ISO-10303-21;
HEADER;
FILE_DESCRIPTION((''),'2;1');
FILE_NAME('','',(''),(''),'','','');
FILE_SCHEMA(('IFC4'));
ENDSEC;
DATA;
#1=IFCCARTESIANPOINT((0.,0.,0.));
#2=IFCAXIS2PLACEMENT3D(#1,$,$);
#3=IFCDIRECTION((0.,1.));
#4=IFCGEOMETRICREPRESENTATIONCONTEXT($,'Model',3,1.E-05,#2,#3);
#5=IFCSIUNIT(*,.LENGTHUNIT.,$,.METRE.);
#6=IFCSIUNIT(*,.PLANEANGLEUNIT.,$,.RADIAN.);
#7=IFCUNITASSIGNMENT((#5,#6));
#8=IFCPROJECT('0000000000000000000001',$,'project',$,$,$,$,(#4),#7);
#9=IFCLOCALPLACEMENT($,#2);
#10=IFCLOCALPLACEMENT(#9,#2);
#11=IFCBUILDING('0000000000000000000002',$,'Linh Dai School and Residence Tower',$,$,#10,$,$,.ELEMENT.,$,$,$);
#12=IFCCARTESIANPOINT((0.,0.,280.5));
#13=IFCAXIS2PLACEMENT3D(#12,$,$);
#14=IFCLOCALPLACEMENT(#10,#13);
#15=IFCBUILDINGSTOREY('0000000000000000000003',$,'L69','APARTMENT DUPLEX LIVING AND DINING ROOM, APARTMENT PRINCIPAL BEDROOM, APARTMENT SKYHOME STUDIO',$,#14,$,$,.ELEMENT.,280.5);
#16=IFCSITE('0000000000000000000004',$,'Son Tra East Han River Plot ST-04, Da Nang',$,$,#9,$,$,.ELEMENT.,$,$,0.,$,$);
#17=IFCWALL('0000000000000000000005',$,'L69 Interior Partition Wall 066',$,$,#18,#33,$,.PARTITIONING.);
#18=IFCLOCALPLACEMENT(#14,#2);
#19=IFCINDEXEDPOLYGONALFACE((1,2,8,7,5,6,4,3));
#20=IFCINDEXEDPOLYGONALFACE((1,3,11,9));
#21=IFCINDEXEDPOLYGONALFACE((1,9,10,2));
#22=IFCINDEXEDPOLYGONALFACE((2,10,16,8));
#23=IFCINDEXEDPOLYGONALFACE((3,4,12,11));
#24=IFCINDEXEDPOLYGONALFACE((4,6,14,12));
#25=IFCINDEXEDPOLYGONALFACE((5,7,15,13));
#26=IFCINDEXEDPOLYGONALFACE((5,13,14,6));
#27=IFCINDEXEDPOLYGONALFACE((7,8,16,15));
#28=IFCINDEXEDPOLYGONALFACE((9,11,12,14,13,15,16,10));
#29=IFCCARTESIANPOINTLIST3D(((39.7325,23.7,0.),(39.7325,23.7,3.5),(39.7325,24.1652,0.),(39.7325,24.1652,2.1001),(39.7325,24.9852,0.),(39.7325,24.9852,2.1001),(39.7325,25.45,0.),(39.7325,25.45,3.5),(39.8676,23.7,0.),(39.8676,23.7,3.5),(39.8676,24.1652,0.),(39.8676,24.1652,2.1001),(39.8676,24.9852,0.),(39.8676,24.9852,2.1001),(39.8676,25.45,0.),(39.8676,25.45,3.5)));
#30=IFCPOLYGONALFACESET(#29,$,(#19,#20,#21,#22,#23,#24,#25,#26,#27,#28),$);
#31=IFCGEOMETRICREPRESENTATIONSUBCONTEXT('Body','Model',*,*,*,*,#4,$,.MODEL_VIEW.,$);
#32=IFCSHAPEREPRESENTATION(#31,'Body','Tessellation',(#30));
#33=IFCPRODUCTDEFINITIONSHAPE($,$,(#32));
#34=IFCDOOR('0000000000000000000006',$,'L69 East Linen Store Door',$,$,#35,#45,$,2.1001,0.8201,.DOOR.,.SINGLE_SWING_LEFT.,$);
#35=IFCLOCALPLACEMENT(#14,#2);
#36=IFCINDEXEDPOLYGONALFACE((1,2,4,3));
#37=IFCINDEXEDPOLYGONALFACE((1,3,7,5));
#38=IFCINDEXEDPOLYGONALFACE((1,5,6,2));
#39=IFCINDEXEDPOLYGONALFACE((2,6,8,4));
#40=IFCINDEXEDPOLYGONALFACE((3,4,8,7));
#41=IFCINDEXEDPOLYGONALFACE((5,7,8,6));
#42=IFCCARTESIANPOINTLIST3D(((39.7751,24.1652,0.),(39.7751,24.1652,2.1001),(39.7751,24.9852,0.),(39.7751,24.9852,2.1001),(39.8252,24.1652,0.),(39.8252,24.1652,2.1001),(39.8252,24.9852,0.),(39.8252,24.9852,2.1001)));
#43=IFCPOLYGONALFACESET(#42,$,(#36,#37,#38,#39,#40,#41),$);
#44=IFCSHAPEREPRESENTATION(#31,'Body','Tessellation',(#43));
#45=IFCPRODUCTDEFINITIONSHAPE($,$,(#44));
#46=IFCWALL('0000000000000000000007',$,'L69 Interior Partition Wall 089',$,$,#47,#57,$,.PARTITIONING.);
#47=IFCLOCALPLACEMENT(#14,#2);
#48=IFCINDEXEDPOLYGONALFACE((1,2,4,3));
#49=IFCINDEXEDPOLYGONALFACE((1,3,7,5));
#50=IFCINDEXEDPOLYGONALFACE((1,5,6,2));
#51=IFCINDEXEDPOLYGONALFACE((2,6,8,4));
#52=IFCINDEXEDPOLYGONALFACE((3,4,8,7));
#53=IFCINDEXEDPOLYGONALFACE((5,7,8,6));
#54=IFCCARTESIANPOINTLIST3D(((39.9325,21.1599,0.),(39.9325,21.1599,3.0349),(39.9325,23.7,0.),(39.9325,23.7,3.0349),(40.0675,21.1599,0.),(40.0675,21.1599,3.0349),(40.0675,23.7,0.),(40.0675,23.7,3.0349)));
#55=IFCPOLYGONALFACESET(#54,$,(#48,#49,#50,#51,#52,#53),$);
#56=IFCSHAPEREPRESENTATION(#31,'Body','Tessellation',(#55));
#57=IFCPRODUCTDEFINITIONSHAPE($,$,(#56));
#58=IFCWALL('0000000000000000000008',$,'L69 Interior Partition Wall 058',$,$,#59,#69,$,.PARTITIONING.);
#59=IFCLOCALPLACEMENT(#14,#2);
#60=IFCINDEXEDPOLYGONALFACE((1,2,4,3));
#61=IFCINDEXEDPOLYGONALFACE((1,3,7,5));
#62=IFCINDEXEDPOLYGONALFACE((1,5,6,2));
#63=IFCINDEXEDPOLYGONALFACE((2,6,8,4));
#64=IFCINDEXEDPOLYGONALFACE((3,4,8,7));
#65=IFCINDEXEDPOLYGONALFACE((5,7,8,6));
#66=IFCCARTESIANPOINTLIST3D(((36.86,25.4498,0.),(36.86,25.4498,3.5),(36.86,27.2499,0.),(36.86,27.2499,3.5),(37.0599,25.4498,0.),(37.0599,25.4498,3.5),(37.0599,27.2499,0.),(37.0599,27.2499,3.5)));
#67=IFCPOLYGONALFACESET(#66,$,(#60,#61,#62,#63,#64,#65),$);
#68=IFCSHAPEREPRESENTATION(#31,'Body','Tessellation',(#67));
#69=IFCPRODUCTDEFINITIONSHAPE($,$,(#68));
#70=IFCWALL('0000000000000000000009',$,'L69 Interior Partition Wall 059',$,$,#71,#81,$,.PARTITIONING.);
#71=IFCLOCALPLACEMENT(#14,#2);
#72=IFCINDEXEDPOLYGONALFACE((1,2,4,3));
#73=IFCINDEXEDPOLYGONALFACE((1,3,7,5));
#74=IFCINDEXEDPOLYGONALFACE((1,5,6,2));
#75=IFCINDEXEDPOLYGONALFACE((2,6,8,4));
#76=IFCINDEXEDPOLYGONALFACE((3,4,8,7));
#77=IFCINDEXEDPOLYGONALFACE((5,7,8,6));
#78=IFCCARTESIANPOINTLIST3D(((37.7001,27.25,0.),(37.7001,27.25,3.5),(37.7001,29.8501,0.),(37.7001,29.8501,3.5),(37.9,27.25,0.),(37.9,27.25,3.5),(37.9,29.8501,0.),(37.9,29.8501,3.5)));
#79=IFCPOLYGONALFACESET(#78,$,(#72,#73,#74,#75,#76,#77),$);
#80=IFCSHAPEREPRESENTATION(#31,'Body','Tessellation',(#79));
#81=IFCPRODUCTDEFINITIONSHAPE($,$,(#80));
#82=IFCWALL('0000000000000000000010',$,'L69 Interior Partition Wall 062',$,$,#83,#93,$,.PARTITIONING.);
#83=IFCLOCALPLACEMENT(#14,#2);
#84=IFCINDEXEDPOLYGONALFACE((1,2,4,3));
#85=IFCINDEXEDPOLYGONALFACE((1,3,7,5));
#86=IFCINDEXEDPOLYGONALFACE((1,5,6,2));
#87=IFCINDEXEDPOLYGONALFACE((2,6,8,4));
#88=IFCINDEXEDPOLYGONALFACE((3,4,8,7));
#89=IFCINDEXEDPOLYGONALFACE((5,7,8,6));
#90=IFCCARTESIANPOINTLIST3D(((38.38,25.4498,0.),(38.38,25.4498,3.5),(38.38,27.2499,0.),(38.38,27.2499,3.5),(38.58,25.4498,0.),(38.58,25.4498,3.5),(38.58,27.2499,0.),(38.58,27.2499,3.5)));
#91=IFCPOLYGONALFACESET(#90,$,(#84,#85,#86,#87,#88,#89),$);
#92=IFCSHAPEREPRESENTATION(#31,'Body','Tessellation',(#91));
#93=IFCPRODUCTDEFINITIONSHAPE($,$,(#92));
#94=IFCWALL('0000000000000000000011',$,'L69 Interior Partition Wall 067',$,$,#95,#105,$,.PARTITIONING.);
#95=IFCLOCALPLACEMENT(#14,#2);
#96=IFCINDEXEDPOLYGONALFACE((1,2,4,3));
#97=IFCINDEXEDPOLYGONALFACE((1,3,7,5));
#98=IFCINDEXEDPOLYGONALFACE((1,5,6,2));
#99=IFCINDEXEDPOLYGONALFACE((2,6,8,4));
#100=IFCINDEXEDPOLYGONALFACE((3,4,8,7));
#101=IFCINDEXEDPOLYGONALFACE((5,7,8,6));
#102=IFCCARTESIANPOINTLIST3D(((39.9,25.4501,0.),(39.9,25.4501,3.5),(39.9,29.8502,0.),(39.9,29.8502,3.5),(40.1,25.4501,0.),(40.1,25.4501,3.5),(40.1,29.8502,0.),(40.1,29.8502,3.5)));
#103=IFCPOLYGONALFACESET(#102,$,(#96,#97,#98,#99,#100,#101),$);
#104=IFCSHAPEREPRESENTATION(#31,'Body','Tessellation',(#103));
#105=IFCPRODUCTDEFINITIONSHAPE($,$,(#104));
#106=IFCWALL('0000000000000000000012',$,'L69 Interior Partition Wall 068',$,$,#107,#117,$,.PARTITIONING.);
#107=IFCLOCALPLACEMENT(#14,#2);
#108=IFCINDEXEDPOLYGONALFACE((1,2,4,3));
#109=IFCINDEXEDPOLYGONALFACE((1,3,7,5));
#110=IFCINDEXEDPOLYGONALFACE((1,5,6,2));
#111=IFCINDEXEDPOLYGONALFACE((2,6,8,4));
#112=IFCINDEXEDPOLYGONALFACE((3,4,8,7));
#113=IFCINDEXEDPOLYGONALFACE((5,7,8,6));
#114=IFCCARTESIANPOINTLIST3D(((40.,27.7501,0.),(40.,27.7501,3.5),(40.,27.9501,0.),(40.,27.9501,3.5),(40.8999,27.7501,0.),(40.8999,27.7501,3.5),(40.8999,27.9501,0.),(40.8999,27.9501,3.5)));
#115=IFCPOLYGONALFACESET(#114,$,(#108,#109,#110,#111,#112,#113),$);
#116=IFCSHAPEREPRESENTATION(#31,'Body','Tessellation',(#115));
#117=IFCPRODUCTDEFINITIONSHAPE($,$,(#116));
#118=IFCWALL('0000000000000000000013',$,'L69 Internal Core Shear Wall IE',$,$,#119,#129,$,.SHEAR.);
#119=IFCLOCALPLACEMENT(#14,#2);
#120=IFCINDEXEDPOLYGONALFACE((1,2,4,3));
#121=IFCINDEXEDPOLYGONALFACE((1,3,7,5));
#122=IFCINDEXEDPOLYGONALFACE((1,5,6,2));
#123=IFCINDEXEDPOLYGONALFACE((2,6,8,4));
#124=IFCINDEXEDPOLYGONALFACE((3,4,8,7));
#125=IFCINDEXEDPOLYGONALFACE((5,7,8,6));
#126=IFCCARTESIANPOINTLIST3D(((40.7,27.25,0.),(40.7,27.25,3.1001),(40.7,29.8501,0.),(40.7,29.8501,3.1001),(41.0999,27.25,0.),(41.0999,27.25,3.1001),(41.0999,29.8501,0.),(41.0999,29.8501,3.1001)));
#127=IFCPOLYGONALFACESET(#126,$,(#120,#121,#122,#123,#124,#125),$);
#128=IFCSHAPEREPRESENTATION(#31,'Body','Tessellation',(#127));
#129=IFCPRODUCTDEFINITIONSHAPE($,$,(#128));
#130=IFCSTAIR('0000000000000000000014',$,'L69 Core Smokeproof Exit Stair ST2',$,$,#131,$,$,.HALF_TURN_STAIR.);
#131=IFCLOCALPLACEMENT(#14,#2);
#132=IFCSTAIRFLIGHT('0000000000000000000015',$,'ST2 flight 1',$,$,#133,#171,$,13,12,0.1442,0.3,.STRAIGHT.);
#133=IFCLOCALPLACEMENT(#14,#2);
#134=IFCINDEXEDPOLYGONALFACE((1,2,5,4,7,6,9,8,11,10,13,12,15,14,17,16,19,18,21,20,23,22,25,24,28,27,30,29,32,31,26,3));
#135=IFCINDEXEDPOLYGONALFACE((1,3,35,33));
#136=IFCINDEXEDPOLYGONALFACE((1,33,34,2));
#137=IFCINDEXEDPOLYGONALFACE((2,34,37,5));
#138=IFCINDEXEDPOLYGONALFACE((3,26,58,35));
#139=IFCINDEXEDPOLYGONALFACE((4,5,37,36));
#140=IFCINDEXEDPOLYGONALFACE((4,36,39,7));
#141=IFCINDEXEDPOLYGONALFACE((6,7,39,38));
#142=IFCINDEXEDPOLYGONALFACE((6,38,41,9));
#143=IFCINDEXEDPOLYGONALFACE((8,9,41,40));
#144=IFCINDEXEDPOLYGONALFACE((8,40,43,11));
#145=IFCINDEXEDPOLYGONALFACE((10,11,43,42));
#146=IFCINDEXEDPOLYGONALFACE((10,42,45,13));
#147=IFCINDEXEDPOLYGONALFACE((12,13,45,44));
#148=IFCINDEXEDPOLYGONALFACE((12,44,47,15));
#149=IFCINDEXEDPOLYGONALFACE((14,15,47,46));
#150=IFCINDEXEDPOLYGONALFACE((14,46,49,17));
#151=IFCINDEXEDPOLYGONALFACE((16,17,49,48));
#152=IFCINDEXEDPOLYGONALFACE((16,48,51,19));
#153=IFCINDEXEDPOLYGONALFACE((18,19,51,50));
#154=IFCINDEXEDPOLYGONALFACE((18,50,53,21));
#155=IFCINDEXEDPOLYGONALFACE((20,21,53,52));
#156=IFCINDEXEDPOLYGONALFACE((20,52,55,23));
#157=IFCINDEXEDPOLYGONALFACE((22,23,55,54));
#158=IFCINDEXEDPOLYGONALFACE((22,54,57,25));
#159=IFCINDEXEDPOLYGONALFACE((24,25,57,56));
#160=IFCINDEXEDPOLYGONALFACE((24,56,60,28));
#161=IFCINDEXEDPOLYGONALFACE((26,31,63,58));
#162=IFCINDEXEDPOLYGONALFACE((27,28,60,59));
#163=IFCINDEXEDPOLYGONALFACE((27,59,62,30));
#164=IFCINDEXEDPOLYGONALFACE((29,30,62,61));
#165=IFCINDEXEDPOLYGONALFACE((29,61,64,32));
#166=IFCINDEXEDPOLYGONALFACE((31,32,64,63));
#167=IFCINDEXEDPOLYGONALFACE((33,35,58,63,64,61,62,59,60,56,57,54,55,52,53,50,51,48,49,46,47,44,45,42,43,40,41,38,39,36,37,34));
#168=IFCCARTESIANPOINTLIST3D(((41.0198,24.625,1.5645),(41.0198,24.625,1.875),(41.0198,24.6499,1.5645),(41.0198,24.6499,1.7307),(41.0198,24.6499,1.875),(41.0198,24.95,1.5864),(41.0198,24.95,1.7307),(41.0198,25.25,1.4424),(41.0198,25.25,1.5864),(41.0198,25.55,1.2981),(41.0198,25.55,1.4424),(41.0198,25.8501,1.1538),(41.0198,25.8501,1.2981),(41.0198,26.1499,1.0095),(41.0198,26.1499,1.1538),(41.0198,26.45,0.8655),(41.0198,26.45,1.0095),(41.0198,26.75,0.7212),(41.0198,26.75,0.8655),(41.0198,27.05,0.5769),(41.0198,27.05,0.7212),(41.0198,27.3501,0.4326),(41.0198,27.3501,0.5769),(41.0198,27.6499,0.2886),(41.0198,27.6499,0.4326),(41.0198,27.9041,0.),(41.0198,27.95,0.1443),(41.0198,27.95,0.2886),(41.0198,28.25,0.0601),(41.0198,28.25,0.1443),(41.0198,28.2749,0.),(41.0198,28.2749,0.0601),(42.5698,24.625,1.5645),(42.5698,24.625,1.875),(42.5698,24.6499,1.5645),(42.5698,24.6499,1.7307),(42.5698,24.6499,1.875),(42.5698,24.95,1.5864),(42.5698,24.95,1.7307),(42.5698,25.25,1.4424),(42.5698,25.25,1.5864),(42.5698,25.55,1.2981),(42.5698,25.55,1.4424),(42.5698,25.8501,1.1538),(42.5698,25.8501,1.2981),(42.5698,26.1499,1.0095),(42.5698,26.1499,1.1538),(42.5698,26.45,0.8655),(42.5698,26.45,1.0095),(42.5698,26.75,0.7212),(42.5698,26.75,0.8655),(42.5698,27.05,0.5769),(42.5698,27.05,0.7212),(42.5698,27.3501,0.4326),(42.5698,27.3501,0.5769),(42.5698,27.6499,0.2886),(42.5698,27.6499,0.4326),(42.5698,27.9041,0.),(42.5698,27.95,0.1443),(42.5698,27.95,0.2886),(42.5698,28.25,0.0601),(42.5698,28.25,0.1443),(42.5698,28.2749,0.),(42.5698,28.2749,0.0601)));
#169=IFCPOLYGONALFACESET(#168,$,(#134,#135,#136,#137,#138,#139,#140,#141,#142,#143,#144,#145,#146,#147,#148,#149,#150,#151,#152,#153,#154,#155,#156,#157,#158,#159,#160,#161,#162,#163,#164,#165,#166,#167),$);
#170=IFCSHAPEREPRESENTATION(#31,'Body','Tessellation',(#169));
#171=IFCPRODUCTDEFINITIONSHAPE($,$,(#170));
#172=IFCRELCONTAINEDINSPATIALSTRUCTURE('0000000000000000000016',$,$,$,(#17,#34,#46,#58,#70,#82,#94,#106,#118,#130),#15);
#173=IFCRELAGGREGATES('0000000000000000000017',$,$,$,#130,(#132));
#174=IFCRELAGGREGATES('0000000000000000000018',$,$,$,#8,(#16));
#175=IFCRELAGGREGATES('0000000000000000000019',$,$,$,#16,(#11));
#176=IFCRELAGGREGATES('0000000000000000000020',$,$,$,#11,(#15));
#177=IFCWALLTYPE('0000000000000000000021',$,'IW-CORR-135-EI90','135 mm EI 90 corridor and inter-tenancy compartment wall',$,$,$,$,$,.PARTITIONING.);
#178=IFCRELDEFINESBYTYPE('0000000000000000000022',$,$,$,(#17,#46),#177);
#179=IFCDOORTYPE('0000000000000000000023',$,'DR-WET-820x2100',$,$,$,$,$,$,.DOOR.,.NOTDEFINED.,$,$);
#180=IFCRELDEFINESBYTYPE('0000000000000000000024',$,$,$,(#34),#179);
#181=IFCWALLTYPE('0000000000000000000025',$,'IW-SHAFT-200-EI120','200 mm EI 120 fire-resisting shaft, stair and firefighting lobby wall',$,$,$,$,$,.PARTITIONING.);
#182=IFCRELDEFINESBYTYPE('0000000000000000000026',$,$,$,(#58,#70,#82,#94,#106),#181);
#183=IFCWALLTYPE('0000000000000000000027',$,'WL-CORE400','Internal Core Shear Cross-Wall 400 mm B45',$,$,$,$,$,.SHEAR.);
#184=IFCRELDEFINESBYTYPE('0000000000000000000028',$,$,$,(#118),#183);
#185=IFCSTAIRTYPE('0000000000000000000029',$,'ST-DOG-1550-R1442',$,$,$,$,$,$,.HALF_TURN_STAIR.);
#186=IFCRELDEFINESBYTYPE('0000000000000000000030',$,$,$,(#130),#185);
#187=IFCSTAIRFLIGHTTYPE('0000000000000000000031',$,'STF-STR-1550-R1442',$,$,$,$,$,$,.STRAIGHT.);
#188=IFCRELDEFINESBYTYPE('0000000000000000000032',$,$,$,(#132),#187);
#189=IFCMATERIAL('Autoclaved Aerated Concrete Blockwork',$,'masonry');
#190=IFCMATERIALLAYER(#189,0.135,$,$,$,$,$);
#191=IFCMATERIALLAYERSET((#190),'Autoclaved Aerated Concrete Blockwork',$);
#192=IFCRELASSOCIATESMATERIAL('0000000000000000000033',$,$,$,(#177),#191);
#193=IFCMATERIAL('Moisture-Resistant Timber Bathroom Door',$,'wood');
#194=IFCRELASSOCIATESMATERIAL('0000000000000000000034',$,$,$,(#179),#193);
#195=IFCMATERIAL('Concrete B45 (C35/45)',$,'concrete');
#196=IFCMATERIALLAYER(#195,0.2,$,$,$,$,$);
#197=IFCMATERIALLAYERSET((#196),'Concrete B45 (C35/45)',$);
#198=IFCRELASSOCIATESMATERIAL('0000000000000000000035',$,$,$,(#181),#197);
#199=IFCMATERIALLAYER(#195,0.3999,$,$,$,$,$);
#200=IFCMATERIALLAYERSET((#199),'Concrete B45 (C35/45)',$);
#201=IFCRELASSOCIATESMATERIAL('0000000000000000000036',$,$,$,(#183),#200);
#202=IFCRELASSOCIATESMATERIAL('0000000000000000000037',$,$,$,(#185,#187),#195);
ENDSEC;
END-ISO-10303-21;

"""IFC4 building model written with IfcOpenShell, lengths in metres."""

from ifc_helpers import new_model, si_unit, direction, frame, frame_2d, origin, origin_2d, place, context, subcontext, project, spatial, polyline, rectangle, outline, extrude, source, transform, mapped, material, layer, layer_set, type_object, element, fill, aggregate, save


model = new_model("IFC4")

# Units and contexts
model_context = context("Model", 3, precision=1e-05, world=origin(), true_north=direction((0.0, 1.0)))
body_context = subcontext(model_context, "Body", "Model", "MODEL_VIEW")
ifc_project = project(units=[si_unit("LENGTHUNIT", "METRE"), si_unit("PLANEANGLEUNIT", "RADIAN")], contexts=[model_context])

# Site, building, storey
site_placement = place(None, origin())
site = spatial("IfcSite", under=ifc_project, at=site_placement, Name="Son Tra East Han River Plot ST-04, Da Nang", CompositionType="ELEMENT", RefElevation=0.0)
building_placement = place(site_placement, origin())
building = spatial("IfcBuilding", under=site, at=building_placement, Name="Linh Dai School and Residence Tower", CompositionType="ELEMENT")
storey_placement = place(building_placement, frame((0.0, 0.0, 280.5)))
storey = spatial("IfcBuildingStorey", under=building, at=storey_placement, Name="L69", Description="APARTMENT DUPLEX LIVING AND DINING ROOM, APARTMENT PRINCIPAL BEDROOM, APARTMENT SKYHOME STUDIO", CompositionType="ELEMENT", Elevation=280.5)

# Wall, opening, door
ifc_material_1 = material(Name="Autoclaved Aerated Concrete Blockwork", Category="masonry")
ifc_layer_1 = layer(ifc_material_1, 0.135)
ifc_layer_set_1 = layer_set([ifc_layer_1], Name="Autoclaved Aerated Concrete Blockwork")
wall_type_1 = type_object("IfcWallType", Name="IW-CORR-135-EI90", Description="135 mm EI 90 corridor and inter-tenancy compartment wall", PredefinedType="PARTITIONING", material=ifc_layer_set_1)
wall_1_placement = place(storey_placement, frame((39.8, 23.7, 0.0), z_axis=(0.0, 0.0, 1.0), x_axis=(0.0, 1.0, 0.0)))
wall_1 = element("IfcWall", 1, at=wall_1_placement, inside=storey, type_object=wall_type_1, Name="L69 Interior Partition Wall 066", PredefinedType="PARTITIONING", context=body_context, shape_type="SweptSolid", body=[
    extrude(rectangle(XDim=1.75, YDim=0.135, at=frame_2d((0.875, 0.0))), origin(), (0.0, 0.0, 1.0), 3.5),
])
opening_placement = place(wall_1_placement, frame((0.4651, 0.0, 0.0)))
opening = element("IfcOpeningElement", 2, at=opening_placement, cuts=wall_1, PredefinedType="OPENING", context=body_context, shape_type="SweptSolid", body=[
    extrude(rectangle(XDim=0.8201, YDim=2.1001, at=origin_2d()), frame((0.4102, 0.0776, 1.05), z_axis=(0.0, -1.0, 0.0), x_axis=(1.0, 0.0, 0.0)), (0.0, 0.0, 1.0), 0.155),
])
ifc_material_2 = material(Name="Moisture-Resistant Timber Bathroom Door", Category="wood")
door_type = type_object("IfcDoorType", Name="DR-WET-820x2100", OperationType="NOTDEFINED", PredefinedType="DOOR", material=ifc_material_2)
shared_shape_1 = source(origin(), body_context, "Body", "SweptSolid", [
    extrude(rectangle(XDim=0.8201, YDim=2.1001, at=origin_2d()), frame((0.4102, 0.0249, 1.05), z_axis=(0.0, -1.0, 0.0), x_axis=(1.0, 0.0, 0.0)), (0.0, 0.0, 1.0), 0.05),
])
door_placement = place(opening_placement, origin())
door = element("IfcDoor", 3, at=door_placement, inside=storey, type_object=door_type, Name="L69 East Linen Store Door", OperationType="SINGLE_SWING_LEFT", OverallHeight=2.1001, OverallWidth=0.8201, PredefinedType="DOOR", context=body_context, shape_type="MappedRepresentation", body=[
    mapped(shared_shape_1, transform((0.0, 0.0, 0.0), x_axis=(1.0, 0.0, 0.0), y_axis=(0.0, 1.0, 0.0), z_axis=(0.0, 0.0, 1.0), scale=1.0)),
])
fill(opening, door)

# Walls
wall_2_placement = place(storey_placement, frame((40.0, 23.7, 0.0), z_axis=(0.0, 0.0, 1.0), x_axis=(0.0, -1.0, 0.0)))
element("IfcWall", 4, at=wall_2_placement, inside=storey, type_object=wall_type_1, Name="L69 Interior Partition Wall 089", PredefinedType="PARTITIONING", context=body_context, shape_type="SweptSolid", body=[
    extrude(rectangle(XDim=2.54, YDim=0.135, at=frame_2d((1.27, 0.0))), origin(), (0.0, 0.0, 1.0), 3.0349),
])
ifc_material_3 = material(Name="Concrete B45 (C35/45)", Category="concrete")
ifc_layer_2 = layer(ifc_material_3, 0.2)
ifc_layer_set_2 = layer_set([ifc_layer_2], Name="Concrete B45 (C35/45)")
wall_type_2 = type_object("IfcWallType", Name="IW-SHAFT-200-EI120", Description="200 mm EI 120 fire-resisting shaft, stair and firefighting lobby wall", PredefinedType="PARTITIONING", material=ifc_layer_set_2)
wall_3_placement = place(storey_placement, frame((36.96, 25.45, 0.0), z_axis=(0.0, 0.0, 1.0), x_axis=(0.0, 1.0, 0.0)))
element("IfcWall", 5, at=wall_3_placement, inside=storey, type_object=wall_type_2, Name="L69 Interior Partition Wall 058", PredefinedType="PARTITIONING", context=body_context, shape_type="SweptSolid", body=[
    extrude(rectangle(XDim=1.8, YDim=0.2, at=frame_2d((0.8999, 0.0))), origin(), (0.0, 0.0, 1.0), 3.5),
])
wall_4_placement = place(storey_placement, frame((37.8, 27.25, 0.0), z_axis=(0.0, 0.0, 1.0), x_axis=(0.0, 1.0, 0.0)))
element("IfcWall", 6, at=wall_4_placement, inside=storey, type_object=wall_type_2, Name="L69 Interior Partition Wall 059", PredefinedType="PARTITIONING", context=body_context, shape_type="SweptSolid", body=[
    extrude(rectangle(XDim=2.6001, YDim=0.2, at=frame_2d((1.3, 0.0))), origin(), (0.0, 0.0, 1.0), 3.5),
])
wall_5_placement = place(storey_placement, frame((38.48, 25.45, 0.0), z_axis=(0.0, 0.0, 1.0), x_axis=(0.0, 1.0, 0.0)))
element("IfcWall", 7, at=wall_5_placement, inside=storey, type_object=wall_type_2, Name="L69 Interior Partition Wall 062", PredefinedType="PARTITIONING", context=body_context, shape_type="SweptSolid", body=[
    extrude(rectangle(XDim=1.8, YDim=0.2, at=frame_2d((0.8999, 0.0))), origin(), (0.0, 0.0, 1.0), 3.5),
])
wall_6_placement = place(storey_placement, frame((40.0, 25.45, 0.0), z_axis=(0.0, 0.0, 1.0), x_axis=(0.0, 1.0, 0.0)))
element("IfcWall", 8, at=wall_6_placement, inside=storey, type_object=wall_type_2, Name="L69 Interior Partition Wall 067", PredefinedType="PARTITIONING", context=body_context, shape_type="SweptSolid", body=[
    extrude(rectangle(XDim=4.4001, YDim=0.2, at=frame_2d((2.2002, 0.0))), origin(), (0.0, 0.0, 1.0), 3.5),
])
wall_7_placement = place(storey_placement, frame((40.0, 27.8501, 0.0), z_axis=(0.0, 0.0, 1.0), x_axis=(1.0, 0.0, 0.0)))
element("IfcWall", 9, at=wall_7_placement, inside=storey, type_object=wall_type_2, Name="L69 Interior Partition Wall 068", PredefinedType="PARTITIONING", context=body_context, shape_type="SweptSolid", body=[
    extrude(rectangle(XDim=0.8999, YDim=0.2, at=frame_2d((0.45, 0.0))), origin(), (0.0, 0.0, 1.0), 3.5),
])
ifc_layer_3 = layer(ifc_material_3, 0.3999)
ifc_layer_set_3 = layer_set([ifc_layer_3], Name="Concrete B45 (C35/45)")
wall_type_3 = type_object("IfcWallType", Name="WL-CORE400", Description="Internal Core Shear Cross-Wall 400 mm B45", PredefinedType="SHEAR", material=ifc_layer_set_3)
wall_8_placement = place(storey_placement, frame((40.8999, 27.25, 0.0), z_axis=(0.0, 0.0, 1.0), x_axis=(0.0, 1.0, 0.0)))
element("IfcWall", 10, at=wall_8_placement, inside=storey, type_object=wall_type_3, Name="L69 Internal Core Shear Wall IE", PredefinedType="SHEAR", context=body_context, shape_type="SweptSolid", body=[
    extrude(rectangle(XDim=2.6001, YDim=0.3999, at=frame_2d((1.3, 0.0))), origin(), (0.0, 0.0, 1.0), 3.1001),
])

# Stair, stair flight
stair_type = type_object("IfcStairType", Name="ST-DOG-1550-R1442", PredefinedType="HALF_TURN_STAIR", material=ifc_material_3)
stair_placement = place(storey_placement, origin())
stair = element("IfcStair", 11, at=stair_placement, inside=storey, type_object=stair_type, Name="L69 Core Smokeproof Exit Stair ST2", PredefinedType="HALF_TURN_STAIR")
stair_flight_type = type_object("IfcStairFlightType", Name="STF-STR-1550-R1442", PredefinedType="STRAIGHT", material=ifc_material_3)
shared_shape_2 = source(origin(), body_context, "Body", "SweptSolid", [
    extrude(outline(polyline([(-0.0249, 0.0), (-0.0249, 0.0601), (0.0, 0.0601), (0.0, 0.1443), (0.3, 0.1443), (0.3, 0.2886), (0.6001, 0.2886), (0.6001, 0.4326), (0.8999, 0.4326), (0.8999, 0.5769), (1.2, 0.5769), (1.2, 0.7212), (1.5, 0.7212), (1.5, 0.8655), (1.8, 0.8655), (1.8, 1.0095), (2.1001, 1.0095), (2.1001, 1.1538), (2.3999, 1.1538), (2.3999, 1.2981), (2.7, 1.2981), (2.7, 1.4424), (3.0, 1.4424), (3.0, 1.5864), (3.3, 1.5864), (3.3, 1.7307), (3.6001, 1.7307), (3.6001, 1.875), (3.625, 1.875), (3.625, 1.5645), (3.6001, 1.5645), (0.3459, 0.0), (-0.0249, 0.0)])), frame((0.0, 0.7749, 0.0), z_axis=(0.0, -1.0, 0.0), x_axis=(1.0, 0.0, 0.0)), (0.0, 0.0, 1.0), 1.55),
])
stair_flight_1_placement = place(storey_placement, frame((41.7949, 28.25, 0.0), z_axis=(0.0, 0.0, 1.0), x_axis=(0.0, -1.0, 0.0)))
stair_flight_1 = element("IfcStairFlight", 12, at=stair_flight_1_placement, type_object=stair_flight_type, Name="ST2 flight 1", NumberOfRisers=13, NumberOfTreads=12, PredefinedType="STRAIGHT", RiserHeight=0.1442, TreadLength=0.3, context=body_context, shape_type="MappedRepresentation", body=[
    mapped(shared_shape_2, transform((0.0, 0.0, 0.0), x_axis=(1.0, 0.0, 0.0), y_axis=(0.0, 1.0, 0.0), z_axis=(0.0, 0.0, 1.0), scale=1.0)),
])
aggregate(stair, [stair_flight_1])

save(model, "model.ifc")
